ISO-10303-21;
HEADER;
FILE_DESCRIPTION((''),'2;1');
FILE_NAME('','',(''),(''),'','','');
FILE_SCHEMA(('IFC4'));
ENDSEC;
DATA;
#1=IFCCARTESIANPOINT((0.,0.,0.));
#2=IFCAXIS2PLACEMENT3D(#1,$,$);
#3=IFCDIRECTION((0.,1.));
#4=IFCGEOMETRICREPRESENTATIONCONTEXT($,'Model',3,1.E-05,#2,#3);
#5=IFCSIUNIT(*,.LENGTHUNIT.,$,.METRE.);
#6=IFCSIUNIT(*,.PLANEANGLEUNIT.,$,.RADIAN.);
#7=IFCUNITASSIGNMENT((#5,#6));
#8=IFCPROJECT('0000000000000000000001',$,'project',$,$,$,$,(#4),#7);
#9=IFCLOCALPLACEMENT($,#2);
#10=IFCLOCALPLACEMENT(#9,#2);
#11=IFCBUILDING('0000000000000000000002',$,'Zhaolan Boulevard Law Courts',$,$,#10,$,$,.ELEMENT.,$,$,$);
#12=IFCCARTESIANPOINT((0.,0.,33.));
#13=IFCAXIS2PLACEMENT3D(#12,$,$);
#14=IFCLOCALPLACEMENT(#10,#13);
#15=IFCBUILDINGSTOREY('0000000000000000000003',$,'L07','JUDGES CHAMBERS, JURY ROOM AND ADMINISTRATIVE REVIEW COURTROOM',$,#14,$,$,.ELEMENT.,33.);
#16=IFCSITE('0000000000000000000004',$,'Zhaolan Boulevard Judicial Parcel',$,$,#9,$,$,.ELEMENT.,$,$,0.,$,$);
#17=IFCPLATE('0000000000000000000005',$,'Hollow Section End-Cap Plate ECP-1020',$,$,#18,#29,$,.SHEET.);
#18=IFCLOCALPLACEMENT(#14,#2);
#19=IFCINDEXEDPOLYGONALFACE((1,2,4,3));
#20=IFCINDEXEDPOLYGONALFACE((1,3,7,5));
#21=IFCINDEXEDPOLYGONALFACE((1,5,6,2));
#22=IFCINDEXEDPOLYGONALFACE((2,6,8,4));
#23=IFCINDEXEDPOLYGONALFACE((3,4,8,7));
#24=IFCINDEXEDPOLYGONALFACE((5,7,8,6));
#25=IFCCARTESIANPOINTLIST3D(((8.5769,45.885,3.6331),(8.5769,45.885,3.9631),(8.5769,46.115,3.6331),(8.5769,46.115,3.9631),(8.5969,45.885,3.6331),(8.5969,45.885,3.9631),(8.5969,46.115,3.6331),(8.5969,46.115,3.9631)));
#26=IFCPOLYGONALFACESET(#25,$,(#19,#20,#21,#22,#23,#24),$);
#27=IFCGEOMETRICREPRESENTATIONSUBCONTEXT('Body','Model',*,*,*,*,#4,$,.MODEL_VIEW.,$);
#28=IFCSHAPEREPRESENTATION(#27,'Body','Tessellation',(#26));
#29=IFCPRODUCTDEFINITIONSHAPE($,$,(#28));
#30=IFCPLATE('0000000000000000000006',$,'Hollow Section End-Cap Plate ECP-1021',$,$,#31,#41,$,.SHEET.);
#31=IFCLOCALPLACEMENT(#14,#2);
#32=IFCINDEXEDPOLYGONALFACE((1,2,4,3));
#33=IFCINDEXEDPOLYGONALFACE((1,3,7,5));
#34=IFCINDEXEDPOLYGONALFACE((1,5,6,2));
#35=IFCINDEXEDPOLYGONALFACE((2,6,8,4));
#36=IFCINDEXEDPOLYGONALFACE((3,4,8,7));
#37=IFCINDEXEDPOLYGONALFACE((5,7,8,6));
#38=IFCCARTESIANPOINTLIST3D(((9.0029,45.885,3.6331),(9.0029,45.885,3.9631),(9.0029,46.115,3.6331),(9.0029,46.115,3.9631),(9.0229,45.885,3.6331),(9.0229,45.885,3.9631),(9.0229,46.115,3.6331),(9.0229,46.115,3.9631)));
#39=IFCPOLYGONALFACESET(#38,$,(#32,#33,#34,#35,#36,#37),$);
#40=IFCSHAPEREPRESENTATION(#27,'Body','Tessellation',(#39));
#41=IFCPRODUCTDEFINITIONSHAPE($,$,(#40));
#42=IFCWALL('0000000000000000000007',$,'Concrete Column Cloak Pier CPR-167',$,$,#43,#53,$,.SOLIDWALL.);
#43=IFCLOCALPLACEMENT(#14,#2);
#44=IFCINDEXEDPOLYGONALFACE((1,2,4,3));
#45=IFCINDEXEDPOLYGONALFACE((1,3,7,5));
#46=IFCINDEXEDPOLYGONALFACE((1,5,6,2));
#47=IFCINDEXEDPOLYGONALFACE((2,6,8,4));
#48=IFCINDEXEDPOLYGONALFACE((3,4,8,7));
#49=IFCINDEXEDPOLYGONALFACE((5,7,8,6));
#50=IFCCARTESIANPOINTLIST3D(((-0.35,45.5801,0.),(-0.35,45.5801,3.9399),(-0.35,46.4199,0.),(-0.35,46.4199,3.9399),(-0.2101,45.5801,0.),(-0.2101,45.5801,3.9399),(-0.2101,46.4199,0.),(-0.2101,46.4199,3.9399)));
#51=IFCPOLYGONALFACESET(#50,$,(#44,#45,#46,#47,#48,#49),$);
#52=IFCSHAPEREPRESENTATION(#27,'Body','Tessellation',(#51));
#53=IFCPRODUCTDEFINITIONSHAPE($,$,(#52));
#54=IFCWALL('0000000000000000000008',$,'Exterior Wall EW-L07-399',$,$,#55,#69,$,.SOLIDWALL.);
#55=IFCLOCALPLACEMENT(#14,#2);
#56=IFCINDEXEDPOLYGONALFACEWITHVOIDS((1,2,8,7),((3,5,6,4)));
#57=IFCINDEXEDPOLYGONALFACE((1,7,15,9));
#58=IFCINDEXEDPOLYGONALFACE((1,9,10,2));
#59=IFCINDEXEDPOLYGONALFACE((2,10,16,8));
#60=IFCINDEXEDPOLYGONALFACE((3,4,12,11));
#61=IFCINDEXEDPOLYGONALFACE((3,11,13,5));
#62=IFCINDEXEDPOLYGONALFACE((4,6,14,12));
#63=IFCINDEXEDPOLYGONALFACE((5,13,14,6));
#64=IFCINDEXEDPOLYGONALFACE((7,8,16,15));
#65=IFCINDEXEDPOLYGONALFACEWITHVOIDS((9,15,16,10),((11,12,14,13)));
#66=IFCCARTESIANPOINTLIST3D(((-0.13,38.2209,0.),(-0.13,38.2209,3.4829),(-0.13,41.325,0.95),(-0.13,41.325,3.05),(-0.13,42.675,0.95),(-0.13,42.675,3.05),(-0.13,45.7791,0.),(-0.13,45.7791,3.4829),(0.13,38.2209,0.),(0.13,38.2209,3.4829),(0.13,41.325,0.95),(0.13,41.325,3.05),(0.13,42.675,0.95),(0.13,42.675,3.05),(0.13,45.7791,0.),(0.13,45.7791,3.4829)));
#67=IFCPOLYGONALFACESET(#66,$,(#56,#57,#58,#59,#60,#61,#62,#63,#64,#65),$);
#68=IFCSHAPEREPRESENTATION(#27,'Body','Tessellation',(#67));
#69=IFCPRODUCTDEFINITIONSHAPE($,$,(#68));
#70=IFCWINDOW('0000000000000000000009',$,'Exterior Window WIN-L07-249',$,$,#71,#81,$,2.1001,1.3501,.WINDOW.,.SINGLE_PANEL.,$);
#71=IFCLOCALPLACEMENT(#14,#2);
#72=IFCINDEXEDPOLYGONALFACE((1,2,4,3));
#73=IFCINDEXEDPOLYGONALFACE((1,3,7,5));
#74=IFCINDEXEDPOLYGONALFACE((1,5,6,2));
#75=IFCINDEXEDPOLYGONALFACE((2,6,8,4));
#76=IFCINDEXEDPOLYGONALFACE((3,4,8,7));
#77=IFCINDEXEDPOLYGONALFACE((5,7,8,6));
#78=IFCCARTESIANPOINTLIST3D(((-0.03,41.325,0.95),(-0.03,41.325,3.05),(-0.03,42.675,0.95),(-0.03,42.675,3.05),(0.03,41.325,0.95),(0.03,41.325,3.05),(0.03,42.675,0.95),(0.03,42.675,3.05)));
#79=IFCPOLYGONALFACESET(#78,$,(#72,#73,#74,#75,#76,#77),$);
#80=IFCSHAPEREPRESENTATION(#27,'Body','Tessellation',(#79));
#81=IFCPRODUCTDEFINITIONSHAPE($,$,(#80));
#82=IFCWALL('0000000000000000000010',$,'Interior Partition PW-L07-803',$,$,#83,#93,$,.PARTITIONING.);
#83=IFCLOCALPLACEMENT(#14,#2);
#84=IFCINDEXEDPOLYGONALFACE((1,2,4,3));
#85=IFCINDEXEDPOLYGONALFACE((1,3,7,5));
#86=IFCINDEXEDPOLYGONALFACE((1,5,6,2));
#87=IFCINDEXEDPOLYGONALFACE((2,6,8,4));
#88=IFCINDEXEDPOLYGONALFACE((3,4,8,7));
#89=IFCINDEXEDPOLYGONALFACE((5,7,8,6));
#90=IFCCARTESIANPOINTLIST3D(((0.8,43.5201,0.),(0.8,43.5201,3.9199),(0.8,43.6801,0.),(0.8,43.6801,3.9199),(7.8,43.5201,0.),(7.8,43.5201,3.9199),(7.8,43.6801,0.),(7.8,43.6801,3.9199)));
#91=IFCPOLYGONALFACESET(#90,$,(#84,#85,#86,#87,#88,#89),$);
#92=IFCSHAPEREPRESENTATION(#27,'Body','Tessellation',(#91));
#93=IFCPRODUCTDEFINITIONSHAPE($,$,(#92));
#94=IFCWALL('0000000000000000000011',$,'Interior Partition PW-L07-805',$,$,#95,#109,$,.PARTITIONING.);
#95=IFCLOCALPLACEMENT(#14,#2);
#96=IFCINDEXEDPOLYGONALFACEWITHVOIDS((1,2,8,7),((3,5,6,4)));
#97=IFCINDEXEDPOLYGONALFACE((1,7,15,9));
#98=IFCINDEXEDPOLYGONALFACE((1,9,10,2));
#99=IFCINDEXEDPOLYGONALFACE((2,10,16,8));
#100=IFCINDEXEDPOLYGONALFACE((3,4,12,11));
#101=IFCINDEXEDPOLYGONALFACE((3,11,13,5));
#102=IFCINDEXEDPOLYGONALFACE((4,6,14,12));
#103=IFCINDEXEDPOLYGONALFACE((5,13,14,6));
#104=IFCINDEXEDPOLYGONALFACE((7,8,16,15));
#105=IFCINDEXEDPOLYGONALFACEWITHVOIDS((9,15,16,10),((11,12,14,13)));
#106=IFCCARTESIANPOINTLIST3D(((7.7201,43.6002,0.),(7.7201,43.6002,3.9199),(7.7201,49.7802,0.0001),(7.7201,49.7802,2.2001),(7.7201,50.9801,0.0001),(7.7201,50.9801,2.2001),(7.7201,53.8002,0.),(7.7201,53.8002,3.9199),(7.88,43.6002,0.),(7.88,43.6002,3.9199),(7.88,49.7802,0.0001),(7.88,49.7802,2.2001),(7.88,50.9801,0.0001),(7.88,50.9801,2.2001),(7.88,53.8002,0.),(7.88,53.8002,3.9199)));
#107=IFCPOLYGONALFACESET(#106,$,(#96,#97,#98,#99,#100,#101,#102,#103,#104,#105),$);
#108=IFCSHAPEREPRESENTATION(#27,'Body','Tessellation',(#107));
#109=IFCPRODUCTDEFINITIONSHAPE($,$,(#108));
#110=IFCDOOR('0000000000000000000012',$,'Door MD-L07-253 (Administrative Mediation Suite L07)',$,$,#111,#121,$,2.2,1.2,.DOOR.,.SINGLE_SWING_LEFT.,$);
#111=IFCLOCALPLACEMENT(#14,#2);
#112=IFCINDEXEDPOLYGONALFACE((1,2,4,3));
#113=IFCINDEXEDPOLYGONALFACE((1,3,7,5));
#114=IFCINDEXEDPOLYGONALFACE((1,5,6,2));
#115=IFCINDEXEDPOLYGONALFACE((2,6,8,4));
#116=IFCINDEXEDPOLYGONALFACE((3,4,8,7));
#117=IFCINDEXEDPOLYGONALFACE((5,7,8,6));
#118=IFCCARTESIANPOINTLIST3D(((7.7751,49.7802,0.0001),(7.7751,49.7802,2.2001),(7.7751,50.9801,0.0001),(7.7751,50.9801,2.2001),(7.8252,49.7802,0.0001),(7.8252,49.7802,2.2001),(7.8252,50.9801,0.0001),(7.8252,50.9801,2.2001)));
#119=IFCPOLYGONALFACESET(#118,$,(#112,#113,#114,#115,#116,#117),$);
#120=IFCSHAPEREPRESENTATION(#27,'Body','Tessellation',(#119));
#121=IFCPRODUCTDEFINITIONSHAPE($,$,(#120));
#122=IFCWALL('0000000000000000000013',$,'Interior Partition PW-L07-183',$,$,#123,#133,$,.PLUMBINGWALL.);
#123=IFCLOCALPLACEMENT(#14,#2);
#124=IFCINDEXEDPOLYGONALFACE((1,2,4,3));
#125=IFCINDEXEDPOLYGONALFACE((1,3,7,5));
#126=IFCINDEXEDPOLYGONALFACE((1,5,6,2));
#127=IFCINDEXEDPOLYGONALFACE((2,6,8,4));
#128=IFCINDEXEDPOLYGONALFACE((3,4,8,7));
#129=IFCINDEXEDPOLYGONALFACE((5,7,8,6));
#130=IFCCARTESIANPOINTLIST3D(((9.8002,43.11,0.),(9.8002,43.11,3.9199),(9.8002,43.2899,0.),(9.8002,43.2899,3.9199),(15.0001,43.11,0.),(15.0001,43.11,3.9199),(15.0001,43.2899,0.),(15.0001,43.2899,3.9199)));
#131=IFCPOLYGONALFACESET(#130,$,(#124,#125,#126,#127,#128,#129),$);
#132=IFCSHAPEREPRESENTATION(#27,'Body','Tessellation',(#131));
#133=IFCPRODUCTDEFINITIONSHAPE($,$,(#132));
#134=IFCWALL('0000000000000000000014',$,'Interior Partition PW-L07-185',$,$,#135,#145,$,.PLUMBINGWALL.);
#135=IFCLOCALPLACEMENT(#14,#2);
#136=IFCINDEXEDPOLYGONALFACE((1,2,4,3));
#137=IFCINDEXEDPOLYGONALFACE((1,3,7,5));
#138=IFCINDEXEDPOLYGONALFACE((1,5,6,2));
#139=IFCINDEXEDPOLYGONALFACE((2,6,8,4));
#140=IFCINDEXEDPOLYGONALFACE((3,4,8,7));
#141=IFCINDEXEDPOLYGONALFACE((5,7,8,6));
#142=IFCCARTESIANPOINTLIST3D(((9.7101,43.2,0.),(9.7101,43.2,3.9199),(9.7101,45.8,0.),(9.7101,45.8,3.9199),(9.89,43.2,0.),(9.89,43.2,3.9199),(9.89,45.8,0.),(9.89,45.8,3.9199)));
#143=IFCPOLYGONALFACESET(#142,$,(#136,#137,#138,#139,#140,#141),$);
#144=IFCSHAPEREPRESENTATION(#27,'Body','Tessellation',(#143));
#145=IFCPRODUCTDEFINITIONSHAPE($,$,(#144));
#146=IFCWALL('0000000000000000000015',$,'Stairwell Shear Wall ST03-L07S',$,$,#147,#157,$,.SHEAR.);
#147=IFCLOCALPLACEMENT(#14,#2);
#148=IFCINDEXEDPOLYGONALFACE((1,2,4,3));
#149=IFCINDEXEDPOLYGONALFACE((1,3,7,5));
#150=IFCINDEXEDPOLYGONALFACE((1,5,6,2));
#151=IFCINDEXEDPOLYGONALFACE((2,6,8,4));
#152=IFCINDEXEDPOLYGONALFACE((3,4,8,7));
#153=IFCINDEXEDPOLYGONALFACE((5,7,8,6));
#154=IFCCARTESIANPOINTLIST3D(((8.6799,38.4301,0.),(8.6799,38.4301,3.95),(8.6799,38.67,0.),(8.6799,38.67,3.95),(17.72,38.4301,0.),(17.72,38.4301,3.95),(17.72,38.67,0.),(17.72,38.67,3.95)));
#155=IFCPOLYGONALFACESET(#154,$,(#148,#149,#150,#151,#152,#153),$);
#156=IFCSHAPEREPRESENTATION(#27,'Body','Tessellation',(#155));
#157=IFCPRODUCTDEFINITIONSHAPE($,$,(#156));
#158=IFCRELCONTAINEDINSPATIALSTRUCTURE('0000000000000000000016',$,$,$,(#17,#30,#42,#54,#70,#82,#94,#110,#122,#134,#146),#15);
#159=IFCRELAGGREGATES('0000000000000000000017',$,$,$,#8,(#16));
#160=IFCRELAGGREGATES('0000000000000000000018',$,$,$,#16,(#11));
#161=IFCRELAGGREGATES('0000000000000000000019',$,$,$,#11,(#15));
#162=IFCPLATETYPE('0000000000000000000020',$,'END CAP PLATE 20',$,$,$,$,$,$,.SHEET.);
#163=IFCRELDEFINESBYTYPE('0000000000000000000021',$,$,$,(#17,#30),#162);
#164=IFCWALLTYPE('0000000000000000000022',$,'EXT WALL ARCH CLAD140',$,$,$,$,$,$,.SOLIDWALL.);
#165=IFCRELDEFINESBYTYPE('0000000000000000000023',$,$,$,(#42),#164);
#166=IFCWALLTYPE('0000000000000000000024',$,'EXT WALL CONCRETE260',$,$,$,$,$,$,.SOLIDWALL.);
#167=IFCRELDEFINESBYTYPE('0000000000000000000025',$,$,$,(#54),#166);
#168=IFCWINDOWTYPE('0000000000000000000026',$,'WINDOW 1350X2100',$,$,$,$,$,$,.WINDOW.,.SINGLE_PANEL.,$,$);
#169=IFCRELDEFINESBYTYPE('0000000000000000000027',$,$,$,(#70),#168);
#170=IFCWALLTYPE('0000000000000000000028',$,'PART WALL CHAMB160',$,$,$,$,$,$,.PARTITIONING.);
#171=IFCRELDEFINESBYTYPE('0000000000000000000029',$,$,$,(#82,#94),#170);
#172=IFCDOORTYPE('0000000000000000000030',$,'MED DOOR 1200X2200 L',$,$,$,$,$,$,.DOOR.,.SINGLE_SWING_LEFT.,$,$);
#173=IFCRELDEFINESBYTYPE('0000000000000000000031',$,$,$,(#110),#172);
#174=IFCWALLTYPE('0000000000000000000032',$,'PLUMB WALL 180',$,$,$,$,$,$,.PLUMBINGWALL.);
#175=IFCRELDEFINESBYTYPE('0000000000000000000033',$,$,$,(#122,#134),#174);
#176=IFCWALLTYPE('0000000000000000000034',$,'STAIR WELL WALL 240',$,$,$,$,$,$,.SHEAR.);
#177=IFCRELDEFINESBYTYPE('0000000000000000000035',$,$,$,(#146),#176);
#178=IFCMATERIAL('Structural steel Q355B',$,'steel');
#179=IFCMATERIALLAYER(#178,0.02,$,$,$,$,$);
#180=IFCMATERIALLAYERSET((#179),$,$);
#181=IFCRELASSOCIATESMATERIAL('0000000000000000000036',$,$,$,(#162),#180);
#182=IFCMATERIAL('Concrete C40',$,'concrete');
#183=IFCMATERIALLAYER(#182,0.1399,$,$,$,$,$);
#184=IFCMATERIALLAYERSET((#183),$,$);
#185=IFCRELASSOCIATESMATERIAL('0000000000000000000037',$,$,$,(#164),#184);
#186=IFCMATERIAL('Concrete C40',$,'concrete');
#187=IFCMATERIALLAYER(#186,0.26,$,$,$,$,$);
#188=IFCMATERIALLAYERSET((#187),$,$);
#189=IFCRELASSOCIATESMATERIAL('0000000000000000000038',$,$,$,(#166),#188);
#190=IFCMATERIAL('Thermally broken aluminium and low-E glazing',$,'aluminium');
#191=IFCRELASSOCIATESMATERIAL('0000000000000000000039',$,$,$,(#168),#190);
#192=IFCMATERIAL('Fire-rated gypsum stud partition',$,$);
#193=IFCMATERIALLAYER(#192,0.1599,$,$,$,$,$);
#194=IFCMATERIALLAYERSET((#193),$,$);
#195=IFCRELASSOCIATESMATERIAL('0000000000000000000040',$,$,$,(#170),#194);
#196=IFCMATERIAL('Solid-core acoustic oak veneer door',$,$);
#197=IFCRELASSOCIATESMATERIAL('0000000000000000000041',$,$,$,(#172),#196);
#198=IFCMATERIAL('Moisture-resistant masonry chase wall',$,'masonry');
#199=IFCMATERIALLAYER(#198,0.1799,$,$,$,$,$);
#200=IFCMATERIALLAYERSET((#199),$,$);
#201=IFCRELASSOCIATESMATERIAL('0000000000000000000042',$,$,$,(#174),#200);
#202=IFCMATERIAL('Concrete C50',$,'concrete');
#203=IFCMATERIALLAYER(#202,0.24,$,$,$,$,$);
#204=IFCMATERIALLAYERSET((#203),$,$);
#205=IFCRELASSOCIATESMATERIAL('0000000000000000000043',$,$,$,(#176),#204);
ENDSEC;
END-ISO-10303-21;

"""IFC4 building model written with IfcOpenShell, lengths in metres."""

from ifc_helpers import new_model, si_unit, direction, frame, frame_2d, origin, origin_2d, place, context, subcontext, project, spatial, rectangle, extrude, material, layer, layer_set, type_object, element, fill, save


model = new_model("IFC4")

# Units and contexts
model_context = context("Model", 3, precision=1e-05, world=origin(), true_north=direction((0.0, 1.0)))
body_context = subcontext(model_context, "Body", "Model", "MODEL_VIEW")
ifc_project = project(units=[si_unit("LENGTHUNIT", "METRE"), si_unit("PLANEANGLEUNIT", "RADIAN")], contexts=[model_context])

# Site, building, storey
site_placement = place(None, origin())
site = spatial("IfcSite", under=ifc_project, at=site_placement, Name="Zhaolan Boulevard Judicial Parcel", CompositionType="ELEMENT", RefElevation=0.0)
building_placement = place(site_placement, origin())
building = spatial("IfcBuilding", under=site, at=building_placement, Name="Zhaolan Boulevard Law Courts", CompositionType="ELEMENT")
storey_placement = place(building_placement, frame((0.0, 0.0, 33.0)))
storey = spatial("IfcBuildingStorey", under=building, at=storey_placement, Name="L07", Description="JUDGES CHAMBERS, JURY ROOM AND ADMINISTRATIVE REVIEW COURTROOM", CompositionType="ELEMENT", Elevation=33.0)

# Plates
ifc_material_1 = material(Name="Structural steel Q355B", Category="steel")
ifc_layer_1 = layer(ifc_material_1, 0.02)
ifc_layer_set_1 = layer_set([ifc_layer_1])
plate_type = type_object("IfcPlateType", Name="END CAP PLATE 20", PredefinedType="SHEET", material=ifc_layer_set_1)
for number, where, z_axis, x_axis, name in (
    (1, (8.5869, 46.0, 3.6331), (0.0, 0.0, 1.0), (1.0, 0.0, 0.0), "Hollow Section End-Cap Plate ECP-1020"),
    (2, (9.0129, 46.0, 3.6331), (0.0, 0.0, 1.0), (1.0, 0.0, 0.0), "Hollow Section End-Cap Plate ECP-1021"),
):
    element("IfcPlate", number, at=place(storey_placement, frame(where, z_axis=z_axis, x_axis=x_axis)), inside=storey, type_object=plate_type, Name=name, PredefinedType="SHEET", context=body_context, shape_type="SweptSolid", body=[
        extrude(rectangle(XDim=0.02, YDim=0.23, at=origin_2d()), origin(), (0.0, 0.0, 1.0), 0.3301),
    ])

# Wall
ifc_material_2 = material(Name="Concrete C40", Category="concrete")
ifc_layer_2 = layer(ifc_material_2, 0.1399)
ifc_layer_set_2 = layer_set([ifc_layer_2])
wall_type_1 = type_object("IfcWallType", Name="EXT WALL ARCH CLAD140", PredefinedType="SOLIDWALL", material=ifc_layer_set_2)
wall_1_placement = place(storey_placement, frame((-0.28, 45.5801, 0.0), z_axis=(0.0, 0.0, 1.0), x_axis=(0.0, 1.0, 0.0)))
element("IfcWall", 3, at=wall_1_placement, inside=storey, type_object=wall_type_1, Name="Concrete Column Cloak Pier CPR-167", PredefinedType="SOLIDWALL", context=body_context, shape_type="SweptSolid", body=[
    extrude(rectangle(XDim=0.8398, YDim=0.1399, at=frame_2d((0.4199, 0.0))), origin(), (0.0, 0.0, 1.0), 3.9399),
])

# Wall, opening, window
ifc_material_3 = material(Name="Concrete C40", Category="concrete")
ifc_layer_3 = layer(ifc_material_3, 0.26)
ifc_layer_set_3 = layer_set([ifc_layer_3])
wall_type_2 = type_object("IfcWallType", Name="EXT WALL CONCRETE260", PredefinedType="SOLIDWALL", material=ifc_layer_set_3)
wall_2_placement = place(storey_placement, frame((0.0, 45.7791, 0.0), z_axis=(0.0, 0.0, 1.0), x_axis=(0.0, -1.0, 0.0)))
wall_2 = element("IfcWall", 4, at=wall_2_placement, inside=storey, type_object=wall_type_2, Name="Exterior Wall EW-L07-399", PredefinedType="SOLIDWALL", context=body_context, shape_type="SweptSolid", body=[
    extrude(rectangle(XDim=7.5581, YDim=0.26, at=frame_2d((3.7791, 0.0))), origin(), (0.0, 0.0, 1.0), 3.4829),
])
opening_1_placement = place(wall_2_placement, frame((3.104, 0.0, 0.95)))
opening_1 = element("IfcOpeningElement", 5, at=opening_1_placement, cuts=wall_2, PredefinedType="OPENING", context=body_context, shape_type="SweptSolid", body=[
    extrude(rectangle(XDim=1.3501, YDim=2.1001, at=frame_2d((0.675, 1.05))), frame((0.0, 0.1399, 0.0), z_axis=(0.0, -1.0, 0.0), x_axis=(1.0, 0.0, 0.0)), (0.0, 0.0, 1.0), 0.28),
])
ifc_material_4 = material(Name="Thermally broken aluminium and low-E glazing", Category="aluminium")
window_type = type_object("IfcWindowType", Name="WINDOW 1350X2100", PartitioningType="SINGLE_PANEL", PredefinedType="WINDOW", material=ifc_material_4)
window_placement = place(opening_1_placement, origin())
window = element("IfcWindow", 6, at=window_placement, inside=storey, type_object=window_type, Name="Exterior Window WIN-L07-249", OverallHeight=2.1001, OverallWidth=1.3501, PartitioningType="SINGLE_PANEL", PredefinedType="WINDOW", context=body_context, shape_type="SweptSolid", body=[
    extrude(rectangle(XDim=1.3501, YDim=2.1001, at=frame_2d((0.675, 1.05))), frame((0.0, 0.03, 0.0), z_axis=(0.0, -1.0, 0.0), x_axis=(1.0, 0.0, 0.0)), (0.0, 0.0, 1.0), 0.0601),
])
fill(opening_1, window)

# Wall
ifc_material_5 = material(Name="Fire-rated gypsum stud partition")
ifc_layer_4 = layer(ifc_material_5, 0.1599)
ifc_layer_set_4 = layer_set([ifc_layer_4])
wall_type_3 = type_object("IfcWallType", Name="PART WALL CHAMB160", PredefinedType="PARTITIONING", material=ifc_layer_set_4)
wall_3_placement = place(storey_placement, frame((0.8, 43.6001, 0.0), z_axis=(0.0, 0.0, 1.0), x_axis=(1.0, 0.0, 0.0)))
element("IfcWall", 7, at=wall_3_placement, inside=storey, type_object=wall_type_3, Name="Interior Partition PW-L07-803", PredefinedType="PARTITIONING", context=body_context, shape_type="SweptSolid", body=[
    extrude(rectangle(XDim=7.0, YDim=0.1599, at=frame_2d((3.5, 0.0))), origin(), (0.0, 0.0, 1.0), 3.9199),
])

# Wall, opening, door
wall_4_placement = place(storey_placement, frame((7.8, 43.6001, 0.0), z_axis=(0.0, 0.0, 1.0), x_axis=(0.0, 1.0, 0.0)))
wall_4 = element("IfcWall", 8, at=wall_4_placement, inside=storey, type_object=wall_type_3, Name="Interior Partition PW-L07-805", PredefinedType="PARTITIONING", context=body_context, shape_type="SweptSolid", body=[
    extrude(rectangle(XDim=10.2, YDim=0.1599, at=frame_2d((5.1001, 0.0))), origin(), (0.0, 0.0, 1.0), 3.9199),
])
opening_2_placement = place(wall_4_placement, frame((6.1799, 0.0, 0.0)))
opening_2 = element("IfcOpeningElement", 9, at=opening_2_placement, cuts=wall_4, PredefinedType="OPENING", context=body_context, shape_type="SweptSolid", body=[
    extrude(rectangle(XDim=1.2, YDim=2.2, at=frame_2d((0.6001, 1.1001))), frame((0.0, 0.0898, 0.0), z_axis=(0.0, -1.0, 0.0), x_axis=(1.0, 0.0, 0.0)), (0.0, 0.0, 1.0), 0.1799),
])
ifc_material_6 = material(Name="Solid-core acoustic oak veneer door")
door_type_1 = type_object("IfcDoorType", Name="MED DOOR 1200X2200 L", OperationType="SINGLE_SWING_LEFT", PredefinedType="DOOR", material=ifc_material_6)
door_1_placement = place(opening_2_placement, origin())
door_1 = element("IfcDoor", 10, at=door_1_placement, inside=storey, type_object=door_type_1, Name="Door MD-L07-253 (Administrative Mediation Suite L07)", OperationType="SINGLE_SWING_LEFT", OverallHeight=2.2, OverallWidth=1.2, PredefinedType="DOOR", context=body_context, shape_type="SweptSolid", body=[
    extrude(rectangle(XDim=1.2, YDim=2.2, at=frame_2d((0.6001, 1.1001))), frame((0.0, 0.0249, 0.0), z_axis=(0.0, -1.0, 0.0), x_axis=(1.0, 0.0, 0.0)), (0.0, 0.0, 1.0), 0.05),
])
fill(opening_2, door_1)

# Walls
ifc_material_7 = material(Name="Moisture-resistant masonry chase wall", Category="masonry")
ifc_layer_5 = layer(ifc_material_7, 0.1799)
ifc_layer_set_5 = layer_set([ifc_layer_5])
wall_type_4 = type_object("IfcWallType", Name="PLUMB WALL 180", PredefinedType="PLUMBINGWALL", material=ifc_layer_set_5)
wall_5_placement = place(storey_placement, frame((9.8, 43.2, 0.0), z_axis=(0.0, 0.0, 1.0), x_axis=(1.0, 0.0, 0.0)))
element("IfcWall", 11, at=wall_5_placement, inside=storey, type_object=wall_type_4, Name="Interior Partition PW-L07-183", PredefinedType="PLUMBINGWALL", context=body_context, shape_type="SweptSolid", body=[
    extrude(rectangle(XDim=5.2, YDim=0.1799, at=frame_2d((2.6001, 0.0))), origin(), (0.0, 0.0, 1.0), 3.9199),
])
wall_6_placement = place(storey_placement, frame((9.8, 45.8, 0.0), z_axis=(0.0, 0.0, 1.0), x_axis=(0.0, -1.0, 0.0)))
element("IfcWall", 12, at=wall_6_placement, inside=storey, type_object=wall_type_4, Name="Interior Partition PW-L07-185", PredefinedType="PLUMBINGWALL", context=body_context, shape_type="SweptSolid", body=[
    extrude(rectangle(XDim=2.6001, YDim=0.1799, at=frame_2d((1.3, 0.0))), origin(), (0.0, 0.0, 1.0), 3.9199),
])
ifc_material_8 = material(Name="Concrete C50", Category="concrete")
ifc_layer_6 = layer(ifc_material_8, 0.24)
ifc_layer_set_6 = layer_set([ifc_layer_6])
wall_type_5 = type_object("IfcWallType", Name="STAIR WELL WALL 240", PredefinedType="SHEAR", material=ifc_layer_set_6)
wall_7_placement = place(storey_placement, frame((8.6799, 38.55, 0.0), z_axis=(0.0, 0.0, 1.0), x_axis=(1.0, 0.0, 0.0)))
element("IfcWall", 13, at=wall_7_placement, inside=storey, type_object=wall_type_5, Name="Stairwell Shear Wall ST03-L07S", PredefinedType="SHEAR", context=body_context, shape_type="SweptSolid", body=[
    extrude(rectangle(XDim=9.04, YDim=0.24, at=frame_2d((4.52, 0.0))), origin(), (0.0, 0.0, 1.0), 3.95),
])

save(model, "model.ifc")
